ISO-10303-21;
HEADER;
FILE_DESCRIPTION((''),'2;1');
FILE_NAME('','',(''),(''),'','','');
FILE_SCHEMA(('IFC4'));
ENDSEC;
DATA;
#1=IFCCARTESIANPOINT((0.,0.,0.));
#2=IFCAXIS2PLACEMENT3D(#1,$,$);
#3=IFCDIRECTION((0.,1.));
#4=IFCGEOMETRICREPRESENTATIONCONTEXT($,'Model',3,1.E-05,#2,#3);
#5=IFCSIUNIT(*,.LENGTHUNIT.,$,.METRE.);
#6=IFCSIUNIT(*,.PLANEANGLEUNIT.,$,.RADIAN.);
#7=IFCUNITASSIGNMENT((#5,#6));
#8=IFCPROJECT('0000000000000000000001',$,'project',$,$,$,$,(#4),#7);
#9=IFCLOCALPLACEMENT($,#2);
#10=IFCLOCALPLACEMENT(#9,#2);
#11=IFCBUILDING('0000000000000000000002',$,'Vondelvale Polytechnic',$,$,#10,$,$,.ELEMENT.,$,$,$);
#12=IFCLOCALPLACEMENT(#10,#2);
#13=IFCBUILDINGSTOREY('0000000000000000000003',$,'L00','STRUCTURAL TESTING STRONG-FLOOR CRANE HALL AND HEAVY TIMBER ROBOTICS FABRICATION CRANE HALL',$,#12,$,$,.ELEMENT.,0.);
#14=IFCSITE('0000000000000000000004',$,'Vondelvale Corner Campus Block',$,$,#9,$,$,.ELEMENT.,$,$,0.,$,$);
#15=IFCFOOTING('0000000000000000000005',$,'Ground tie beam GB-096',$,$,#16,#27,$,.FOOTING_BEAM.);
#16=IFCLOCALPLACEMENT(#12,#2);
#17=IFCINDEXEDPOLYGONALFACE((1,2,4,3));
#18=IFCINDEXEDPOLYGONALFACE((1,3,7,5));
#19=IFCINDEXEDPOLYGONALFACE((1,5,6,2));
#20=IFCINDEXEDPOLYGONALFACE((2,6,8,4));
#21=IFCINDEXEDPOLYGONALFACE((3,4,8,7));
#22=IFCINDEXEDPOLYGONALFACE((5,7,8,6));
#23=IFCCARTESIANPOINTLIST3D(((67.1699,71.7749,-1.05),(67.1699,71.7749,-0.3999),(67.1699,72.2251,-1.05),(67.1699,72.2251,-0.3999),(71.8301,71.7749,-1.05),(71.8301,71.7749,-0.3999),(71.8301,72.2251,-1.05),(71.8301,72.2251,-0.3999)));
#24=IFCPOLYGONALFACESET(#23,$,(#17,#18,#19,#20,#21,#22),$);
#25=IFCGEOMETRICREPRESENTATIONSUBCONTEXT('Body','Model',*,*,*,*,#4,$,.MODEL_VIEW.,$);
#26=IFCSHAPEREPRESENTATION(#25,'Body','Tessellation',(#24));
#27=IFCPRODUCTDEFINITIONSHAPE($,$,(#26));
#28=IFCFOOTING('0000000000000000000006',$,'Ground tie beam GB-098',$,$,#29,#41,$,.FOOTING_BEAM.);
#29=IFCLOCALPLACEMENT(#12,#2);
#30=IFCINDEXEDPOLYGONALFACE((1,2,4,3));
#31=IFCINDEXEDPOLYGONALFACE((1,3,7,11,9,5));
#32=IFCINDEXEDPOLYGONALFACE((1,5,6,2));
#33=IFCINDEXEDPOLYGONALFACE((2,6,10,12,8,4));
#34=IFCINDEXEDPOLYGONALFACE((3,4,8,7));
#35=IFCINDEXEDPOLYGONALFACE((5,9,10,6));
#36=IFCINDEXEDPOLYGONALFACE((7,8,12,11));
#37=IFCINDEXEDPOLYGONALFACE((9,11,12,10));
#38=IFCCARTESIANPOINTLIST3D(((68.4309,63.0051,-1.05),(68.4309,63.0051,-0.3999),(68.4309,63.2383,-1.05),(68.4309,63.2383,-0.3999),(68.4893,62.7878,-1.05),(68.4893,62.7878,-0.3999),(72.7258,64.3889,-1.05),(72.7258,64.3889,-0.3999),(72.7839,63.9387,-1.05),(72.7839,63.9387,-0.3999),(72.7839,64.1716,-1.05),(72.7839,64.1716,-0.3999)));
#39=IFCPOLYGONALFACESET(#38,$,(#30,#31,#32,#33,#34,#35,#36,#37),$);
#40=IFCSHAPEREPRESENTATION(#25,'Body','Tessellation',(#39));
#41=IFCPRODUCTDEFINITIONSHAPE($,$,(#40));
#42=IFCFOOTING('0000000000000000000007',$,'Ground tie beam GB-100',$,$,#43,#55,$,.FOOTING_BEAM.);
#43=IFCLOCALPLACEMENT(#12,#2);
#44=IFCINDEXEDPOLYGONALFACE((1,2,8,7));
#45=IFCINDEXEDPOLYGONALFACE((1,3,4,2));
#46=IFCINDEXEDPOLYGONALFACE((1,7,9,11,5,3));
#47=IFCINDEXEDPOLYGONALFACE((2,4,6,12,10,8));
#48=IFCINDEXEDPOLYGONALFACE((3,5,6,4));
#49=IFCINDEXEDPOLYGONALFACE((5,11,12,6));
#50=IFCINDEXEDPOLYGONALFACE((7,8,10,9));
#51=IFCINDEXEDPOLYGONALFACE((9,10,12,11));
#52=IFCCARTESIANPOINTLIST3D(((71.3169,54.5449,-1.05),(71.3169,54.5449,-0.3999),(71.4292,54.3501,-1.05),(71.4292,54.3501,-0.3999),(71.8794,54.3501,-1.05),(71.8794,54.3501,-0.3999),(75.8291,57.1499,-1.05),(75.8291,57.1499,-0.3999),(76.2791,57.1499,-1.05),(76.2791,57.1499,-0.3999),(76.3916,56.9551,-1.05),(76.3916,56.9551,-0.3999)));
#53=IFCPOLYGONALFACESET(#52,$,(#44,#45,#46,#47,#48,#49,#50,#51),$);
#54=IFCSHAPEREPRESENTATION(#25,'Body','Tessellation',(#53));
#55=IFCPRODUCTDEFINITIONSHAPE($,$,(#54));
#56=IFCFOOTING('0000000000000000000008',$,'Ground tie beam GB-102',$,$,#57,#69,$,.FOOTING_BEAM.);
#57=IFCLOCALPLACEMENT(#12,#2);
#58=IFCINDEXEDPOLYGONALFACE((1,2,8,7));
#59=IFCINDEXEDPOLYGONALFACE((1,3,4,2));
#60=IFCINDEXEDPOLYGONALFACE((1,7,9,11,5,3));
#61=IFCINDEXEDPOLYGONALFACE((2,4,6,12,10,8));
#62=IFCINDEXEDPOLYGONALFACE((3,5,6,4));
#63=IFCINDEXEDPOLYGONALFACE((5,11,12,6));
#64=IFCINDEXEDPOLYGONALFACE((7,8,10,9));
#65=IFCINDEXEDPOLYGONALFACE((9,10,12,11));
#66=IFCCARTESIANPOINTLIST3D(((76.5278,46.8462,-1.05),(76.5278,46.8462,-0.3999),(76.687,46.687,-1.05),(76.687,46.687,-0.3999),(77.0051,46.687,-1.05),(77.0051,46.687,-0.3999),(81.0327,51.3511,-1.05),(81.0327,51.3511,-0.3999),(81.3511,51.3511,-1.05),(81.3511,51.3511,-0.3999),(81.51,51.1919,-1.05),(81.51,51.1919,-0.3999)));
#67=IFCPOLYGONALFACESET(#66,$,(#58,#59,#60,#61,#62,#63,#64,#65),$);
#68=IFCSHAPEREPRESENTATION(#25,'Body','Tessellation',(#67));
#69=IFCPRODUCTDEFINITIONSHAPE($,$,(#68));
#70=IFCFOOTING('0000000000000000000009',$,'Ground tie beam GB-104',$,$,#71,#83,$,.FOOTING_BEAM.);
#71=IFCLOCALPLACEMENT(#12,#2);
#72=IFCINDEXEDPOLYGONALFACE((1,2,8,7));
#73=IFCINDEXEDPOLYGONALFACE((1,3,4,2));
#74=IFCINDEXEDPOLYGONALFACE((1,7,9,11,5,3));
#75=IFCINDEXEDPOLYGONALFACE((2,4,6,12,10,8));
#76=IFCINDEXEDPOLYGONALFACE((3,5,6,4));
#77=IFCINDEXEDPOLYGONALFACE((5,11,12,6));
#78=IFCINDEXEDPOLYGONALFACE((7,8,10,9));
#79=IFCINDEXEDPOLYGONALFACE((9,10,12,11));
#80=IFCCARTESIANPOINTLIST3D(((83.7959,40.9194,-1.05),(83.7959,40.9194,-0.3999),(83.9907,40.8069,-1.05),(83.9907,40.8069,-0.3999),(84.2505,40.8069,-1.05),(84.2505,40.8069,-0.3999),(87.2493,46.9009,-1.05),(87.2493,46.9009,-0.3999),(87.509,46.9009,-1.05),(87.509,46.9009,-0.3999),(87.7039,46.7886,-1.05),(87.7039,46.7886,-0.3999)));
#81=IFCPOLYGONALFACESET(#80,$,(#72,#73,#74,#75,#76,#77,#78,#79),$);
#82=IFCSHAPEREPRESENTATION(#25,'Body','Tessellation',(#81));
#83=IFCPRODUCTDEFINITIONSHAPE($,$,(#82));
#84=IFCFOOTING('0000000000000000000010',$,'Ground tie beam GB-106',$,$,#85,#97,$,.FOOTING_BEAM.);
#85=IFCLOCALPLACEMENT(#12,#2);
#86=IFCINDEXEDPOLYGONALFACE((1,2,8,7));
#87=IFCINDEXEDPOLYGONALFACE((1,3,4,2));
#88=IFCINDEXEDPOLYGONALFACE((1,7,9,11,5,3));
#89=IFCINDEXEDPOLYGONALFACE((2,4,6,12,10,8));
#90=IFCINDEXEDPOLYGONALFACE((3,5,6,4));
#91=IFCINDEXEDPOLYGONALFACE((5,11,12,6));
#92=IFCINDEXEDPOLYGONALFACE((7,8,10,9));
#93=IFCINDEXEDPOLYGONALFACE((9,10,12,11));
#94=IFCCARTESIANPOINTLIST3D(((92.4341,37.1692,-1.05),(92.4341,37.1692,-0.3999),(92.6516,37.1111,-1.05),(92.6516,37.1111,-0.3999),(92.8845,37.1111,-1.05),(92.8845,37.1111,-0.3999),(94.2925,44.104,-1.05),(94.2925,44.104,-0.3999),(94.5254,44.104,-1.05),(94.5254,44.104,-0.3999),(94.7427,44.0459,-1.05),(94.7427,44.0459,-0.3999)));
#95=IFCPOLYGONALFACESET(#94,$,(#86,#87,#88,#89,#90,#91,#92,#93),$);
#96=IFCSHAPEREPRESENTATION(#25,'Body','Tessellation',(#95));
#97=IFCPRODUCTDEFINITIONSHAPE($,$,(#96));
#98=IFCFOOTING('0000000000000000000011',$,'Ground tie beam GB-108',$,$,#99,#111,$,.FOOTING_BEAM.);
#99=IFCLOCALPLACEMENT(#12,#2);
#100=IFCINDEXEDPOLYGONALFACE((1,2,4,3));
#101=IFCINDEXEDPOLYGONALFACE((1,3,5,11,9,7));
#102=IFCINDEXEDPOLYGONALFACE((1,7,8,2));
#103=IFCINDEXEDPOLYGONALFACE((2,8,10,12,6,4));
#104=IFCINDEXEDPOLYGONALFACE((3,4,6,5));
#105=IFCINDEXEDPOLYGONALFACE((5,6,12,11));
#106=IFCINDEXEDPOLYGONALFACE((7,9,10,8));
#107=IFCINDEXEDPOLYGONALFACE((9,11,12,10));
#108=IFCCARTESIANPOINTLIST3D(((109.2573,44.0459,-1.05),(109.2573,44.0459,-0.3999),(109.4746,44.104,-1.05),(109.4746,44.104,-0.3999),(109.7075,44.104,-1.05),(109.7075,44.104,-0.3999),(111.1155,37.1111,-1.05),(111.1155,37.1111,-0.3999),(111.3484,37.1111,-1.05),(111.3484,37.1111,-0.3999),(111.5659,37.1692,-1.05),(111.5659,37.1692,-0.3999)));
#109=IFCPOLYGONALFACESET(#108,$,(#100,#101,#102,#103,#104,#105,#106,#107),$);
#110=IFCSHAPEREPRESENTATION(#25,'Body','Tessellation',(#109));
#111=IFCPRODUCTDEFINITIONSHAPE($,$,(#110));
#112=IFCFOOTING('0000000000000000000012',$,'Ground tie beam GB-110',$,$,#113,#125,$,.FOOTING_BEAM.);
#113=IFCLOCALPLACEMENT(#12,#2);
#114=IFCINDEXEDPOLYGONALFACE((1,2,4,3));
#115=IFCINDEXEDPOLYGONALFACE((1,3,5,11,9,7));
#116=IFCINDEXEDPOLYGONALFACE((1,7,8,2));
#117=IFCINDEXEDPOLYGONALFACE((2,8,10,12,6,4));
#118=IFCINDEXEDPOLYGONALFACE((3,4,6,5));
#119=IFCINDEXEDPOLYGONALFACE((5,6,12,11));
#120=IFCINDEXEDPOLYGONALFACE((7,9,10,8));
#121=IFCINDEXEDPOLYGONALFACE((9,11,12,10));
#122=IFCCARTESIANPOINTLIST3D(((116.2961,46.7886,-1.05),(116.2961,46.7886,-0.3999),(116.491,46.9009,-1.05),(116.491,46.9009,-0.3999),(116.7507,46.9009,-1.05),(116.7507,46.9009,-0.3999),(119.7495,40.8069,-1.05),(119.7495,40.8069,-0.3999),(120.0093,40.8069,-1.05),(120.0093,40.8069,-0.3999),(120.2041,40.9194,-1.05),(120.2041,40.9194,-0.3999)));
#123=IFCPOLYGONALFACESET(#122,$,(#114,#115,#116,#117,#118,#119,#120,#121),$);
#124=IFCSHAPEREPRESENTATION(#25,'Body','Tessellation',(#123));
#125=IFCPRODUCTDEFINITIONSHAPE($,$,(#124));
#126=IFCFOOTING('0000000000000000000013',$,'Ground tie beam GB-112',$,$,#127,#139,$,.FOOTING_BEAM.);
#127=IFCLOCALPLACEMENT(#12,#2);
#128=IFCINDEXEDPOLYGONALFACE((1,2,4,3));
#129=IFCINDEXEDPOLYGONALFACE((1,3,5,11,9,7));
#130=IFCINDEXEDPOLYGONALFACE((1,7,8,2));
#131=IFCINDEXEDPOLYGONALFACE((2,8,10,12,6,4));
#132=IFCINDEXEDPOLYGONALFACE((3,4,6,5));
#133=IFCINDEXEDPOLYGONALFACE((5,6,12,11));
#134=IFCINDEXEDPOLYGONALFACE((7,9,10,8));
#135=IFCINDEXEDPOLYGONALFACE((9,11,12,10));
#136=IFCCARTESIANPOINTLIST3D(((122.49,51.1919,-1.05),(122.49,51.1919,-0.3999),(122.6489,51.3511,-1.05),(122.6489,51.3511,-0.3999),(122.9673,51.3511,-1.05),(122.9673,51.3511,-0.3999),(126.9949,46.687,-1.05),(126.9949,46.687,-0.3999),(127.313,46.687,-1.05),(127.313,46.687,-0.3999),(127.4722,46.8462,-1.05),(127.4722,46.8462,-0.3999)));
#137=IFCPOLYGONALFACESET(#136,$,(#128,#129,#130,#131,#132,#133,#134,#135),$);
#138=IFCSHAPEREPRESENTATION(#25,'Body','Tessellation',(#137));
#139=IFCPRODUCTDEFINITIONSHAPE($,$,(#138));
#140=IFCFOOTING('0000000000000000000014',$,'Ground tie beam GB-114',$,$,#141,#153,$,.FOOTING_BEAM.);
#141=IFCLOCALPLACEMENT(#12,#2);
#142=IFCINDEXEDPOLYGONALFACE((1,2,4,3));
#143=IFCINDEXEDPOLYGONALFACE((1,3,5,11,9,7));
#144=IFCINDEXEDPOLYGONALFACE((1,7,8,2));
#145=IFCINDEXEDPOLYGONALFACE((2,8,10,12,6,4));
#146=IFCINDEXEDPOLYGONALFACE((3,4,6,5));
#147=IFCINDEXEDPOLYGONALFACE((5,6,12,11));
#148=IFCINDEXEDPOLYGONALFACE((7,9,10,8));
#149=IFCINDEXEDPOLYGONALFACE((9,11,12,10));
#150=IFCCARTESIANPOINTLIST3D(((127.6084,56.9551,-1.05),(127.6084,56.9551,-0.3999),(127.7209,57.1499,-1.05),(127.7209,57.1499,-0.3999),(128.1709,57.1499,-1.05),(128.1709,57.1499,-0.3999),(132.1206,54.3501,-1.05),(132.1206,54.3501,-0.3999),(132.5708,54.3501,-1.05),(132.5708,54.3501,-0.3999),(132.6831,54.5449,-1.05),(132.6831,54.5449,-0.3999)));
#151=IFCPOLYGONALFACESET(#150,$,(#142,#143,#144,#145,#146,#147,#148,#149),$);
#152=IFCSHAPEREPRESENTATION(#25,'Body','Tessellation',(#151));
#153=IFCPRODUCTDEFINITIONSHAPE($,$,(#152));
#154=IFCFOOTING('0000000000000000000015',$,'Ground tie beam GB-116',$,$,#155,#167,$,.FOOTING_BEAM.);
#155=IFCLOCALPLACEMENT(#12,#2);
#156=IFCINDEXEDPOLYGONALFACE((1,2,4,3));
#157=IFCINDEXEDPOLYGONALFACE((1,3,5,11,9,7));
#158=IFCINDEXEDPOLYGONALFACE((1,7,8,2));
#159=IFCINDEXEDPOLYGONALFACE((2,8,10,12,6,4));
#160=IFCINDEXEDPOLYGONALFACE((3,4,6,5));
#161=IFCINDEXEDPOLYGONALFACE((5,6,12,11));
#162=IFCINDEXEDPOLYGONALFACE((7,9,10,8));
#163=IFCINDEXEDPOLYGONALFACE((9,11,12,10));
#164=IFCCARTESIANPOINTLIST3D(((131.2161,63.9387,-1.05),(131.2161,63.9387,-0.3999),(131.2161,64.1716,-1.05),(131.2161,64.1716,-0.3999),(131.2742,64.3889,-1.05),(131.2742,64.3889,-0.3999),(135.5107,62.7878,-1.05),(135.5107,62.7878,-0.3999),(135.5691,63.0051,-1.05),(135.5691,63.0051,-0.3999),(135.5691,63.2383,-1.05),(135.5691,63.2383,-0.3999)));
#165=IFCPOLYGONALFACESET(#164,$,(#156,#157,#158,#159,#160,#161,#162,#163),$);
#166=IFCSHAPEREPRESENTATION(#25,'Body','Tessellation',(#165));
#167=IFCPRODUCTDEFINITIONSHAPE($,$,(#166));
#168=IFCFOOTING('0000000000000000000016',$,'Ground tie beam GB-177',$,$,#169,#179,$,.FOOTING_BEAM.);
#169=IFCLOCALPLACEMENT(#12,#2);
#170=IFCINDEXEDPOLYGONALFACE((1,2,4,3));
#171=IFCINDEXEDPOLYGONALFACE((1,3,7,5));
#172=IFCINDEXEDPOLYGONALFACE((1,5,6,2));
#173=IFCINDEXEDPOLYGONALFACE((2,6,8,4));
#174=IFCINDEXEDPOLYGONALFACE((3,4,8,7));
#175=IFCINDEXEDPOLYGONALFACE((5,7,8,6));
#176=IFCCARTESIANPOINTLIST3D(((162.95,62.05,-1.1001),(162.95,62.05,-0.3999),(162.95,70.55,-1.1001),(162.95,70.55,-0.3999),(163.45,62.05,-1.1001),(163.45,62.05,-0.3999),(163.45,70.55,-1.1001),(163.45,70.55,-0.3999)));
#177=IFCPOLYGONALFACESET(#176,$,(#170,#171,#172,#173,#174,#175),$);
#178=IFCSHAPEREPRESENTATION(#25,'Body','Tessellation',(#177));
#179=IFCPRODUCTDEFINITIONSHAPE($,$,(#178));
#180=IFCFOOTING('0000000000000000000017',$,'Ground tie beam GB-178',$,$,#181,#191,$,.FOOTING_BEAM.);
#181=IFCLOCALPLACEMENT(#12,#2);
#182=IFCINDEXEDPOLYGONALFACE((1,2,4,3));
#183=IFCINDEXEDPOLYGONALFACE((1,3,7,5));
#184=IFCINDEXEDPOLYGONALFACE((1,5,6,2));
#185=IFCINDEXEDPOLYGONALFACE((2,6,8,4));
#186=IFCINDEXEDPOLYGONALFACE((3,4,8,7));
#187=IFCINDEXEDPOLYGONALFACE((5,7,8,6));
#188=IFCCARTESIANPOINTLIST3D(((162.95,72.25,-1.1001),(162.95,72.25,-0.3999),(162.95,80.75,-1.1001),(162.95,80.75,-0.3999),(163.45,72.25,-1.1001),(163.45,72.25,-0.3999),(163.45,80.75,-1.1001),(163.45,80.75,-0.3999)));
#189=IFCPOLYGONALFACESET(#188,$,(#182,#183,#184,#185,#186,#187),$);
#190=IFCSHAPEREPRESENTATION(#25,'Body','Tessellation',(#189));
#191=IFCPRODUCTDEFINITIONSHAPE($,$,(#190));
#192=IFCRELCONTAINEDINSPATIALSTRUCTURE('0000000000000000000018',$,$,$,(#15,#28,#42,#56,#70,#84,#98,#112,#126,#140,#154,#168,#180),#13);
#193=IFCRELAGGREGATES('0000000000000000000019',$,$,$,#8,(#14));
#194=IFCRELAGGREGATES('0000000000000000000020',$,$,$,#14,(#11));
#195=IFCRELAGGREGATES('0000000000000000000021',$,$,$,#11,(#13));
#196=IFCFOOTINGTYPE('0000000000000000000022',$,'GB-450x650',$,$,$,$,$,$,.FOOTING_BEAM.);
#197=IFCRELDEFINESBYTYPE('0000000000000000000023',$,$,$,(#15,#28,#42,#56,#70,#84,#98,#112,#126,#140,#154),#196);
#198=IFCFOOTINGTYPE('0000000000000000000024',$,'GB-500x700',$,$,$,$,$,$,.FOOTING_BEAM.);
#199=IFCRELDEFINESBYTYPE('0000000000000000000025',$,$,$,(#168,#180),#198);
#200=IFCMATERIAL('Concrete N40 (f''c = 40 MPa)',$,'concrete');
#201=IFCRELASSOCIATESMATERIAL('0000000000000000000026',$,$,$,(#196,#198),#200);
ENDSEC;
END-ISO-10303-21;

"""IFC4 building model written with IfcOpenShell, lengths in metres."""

from ifc_helpers import new_model, si_unit, direction, frame, origin, place, context, subcontext, project, spatial, polyline, outline, extrude, material, type_object, element, save


model = new_model("IFC4")

# Units and contexts
model_context = context("Model", 3, precision=1e-05, world=origin(), true_north=direction((0.0, 1.0)))
body_context = subcontext(model_context, "Body", "Model", "MODEL_VIEW")
ifc_project = project(units=[si_unit("LENGTHUNIT", "METRE"), si_unit("PLANEANGLEUNIT", "RADIAN")], contexts=[model_context])

# Site, building, storey
site_placement = place(None, origin())
site = spatial("IfcSite", under=ifc_project, at=site_placement, Name="Vondelvale Corner Campus Block", CompositionType="ELEMENT", RefElevation=0.0)
building_placement = place(site_placement, origin())
building = spatial("IfcBuilding", under=site, at=building_placement, Name="Vondelvale Polytechnic", CompositionType="ELEMENT")
storey_placement = place(building_placement, origin())
storey = spatial("IfcBuildingStorey", under=building, at=storey_placement, Name="L00", Description="STRUCTURAL TESTING STRONG-FLOOR CRANE HALL AND HEAVY TIMBER ROBOTICS FABRICATION CRANE HALL", CompositionType="ELEMENT", Elevation=0.0)

# Footings
ifc_material = material(Name="Concrete N40 (f'c = 40 MPa)", Category="concrete")
footing_type_1 = type_object("IfcFootingType", Name="GB-450x650", PredefinedType="FOOTING_BEAM", material=ifc_material)
footing_1_placement = place(storey_placement, frame((0.0, 0.0, -1.05)))
element("IfcFooting", 1, at=footing_1_placement, inside=storey, type_object=footing_type_1, Name="Ground tie beam GB-096", PredefinedType="FOOTING_BEAM", context=body_context, shape_type="SweptSolid", body=[
    extrude(outline(polyline([(71.8301, 72.2251), (71.8301, 71.7749), (67.1699, 71.7749), (67.1699, 72.2251), (71.8301, 72.2251)])), origin(), (0.0, 0.0, 1.0), 0.6501),
])
footing_2_placement = place(storey_placement, frame((0.0, 0.0, -1.05)))
element("IfcFooting", 2, at=footing_2_placement, inside=storey, type_object=footing_type_1, Name="Ground tie beam GB-098", PredefinedType="FOOTING_BEAM", context=body_context, shape_type="SweptSolid", body=[
    extrude(outline(polyline([(72.7258, 64.3889), (72.7839, 64.1716), (72.7839, 63.9387), (68.4893, 62.7878), (68.4309, 63.0051), (68.4309, 63.2383), (72.7258, 64.3889)])), origin(), (0.0, 0.0, 1.0), 0.6501),
])
footing_3_placement = place(storey_placement, frame((0.0, 0.0, -1.05)))
element("IfcFooting", 3, at=footing_3_placement, inside=storey, type_object=footing_type_1, Name="Ground tie beam GB-100", PredefinedType="FOOTING_BEAM", context=body_context, shape_type="SweptSolid", body=[
    extrude(outline(polyline([(71.3169, 54.5449), (75.8291, 57.1499), (76.2791, 57.1499), (76.3916, 56.9551), (71.8794, 54.3501), (71.4292, 54.3501), (71.3169, 54.5449)])), origin(), (0.0, 0.0, 1.0), 0.6501),
])
footing_4_placement = place(storey_placement, frame((0.0, 0.0, -1.05)))
element("IfcFooting", 4, at=footing_4_placement, inside=storey, type_object=footing_type_1, Name="Ground tie beam GB-102", PredefinedType="FOOTING_BEAM", context=body_context, shape_type="SweptSolid", body=[
    extrude(outline(polyline([(76.5278, 46.8462), (81.0327, 51.3511), (81.3511, 51.3511), (81.51, 51.1919), (77.0051, 46.687), (76.687, 46.687), (76.5278, 46.8462)])), origin(), (0.0, 0.0, 1.0), 0.6501),
])
footing_5_placement = place(storey_placement, frame((0.0, 0.0, -1.05)))
element("IfcFooting", 5, at=footing_5_placement, inside=storey, type_object=footing_type_1, Name="Ground tie beam GB-104", PredefinedType="FOOTING_BEAM", context=body_context, shape_type="SweptSolid", body=[
    extrude(outline(polyline([(83.7959, 40.9194), (87.2493, 46.9009), (87.509, 46.9009), (87.7039, 46.7886), (84.2505, 40.8069), (83.9907, 40.8069), (83.7959, 40.9194)])), origin(), (0.0, 0.0, 1.0), 0.6501),
])
footing_6_placement = place(storey_placement, frame((0.0, 0.0, -1.05)))
element("IfcFooting", 6, at=footing_6_placement, inside=storey, type_object=footing_type_1, Name="Ground tie beam GB-106", PredefinedType="FOOTING_BEAM", context=body_context, shape_type="SweptSolid", body=[
    extrude(outline(polyline([(92.4341, 37.1692), (94.2925, 44.104), (94.5254, 44.104), (94.7427, 44.0459), (92.8845, 37.1111), (92.6516, 37.1111), (92.4341, 37.1692)])), origin(), (0.0, 0.0, 1.0), 0.6501),
])
footing_7_placement = place(storey_placement, frame((0.0, 0.0, -1.05)))
element("IfcFooting", 7, at=footing_7_placement, inside=storey, type_object=footing_type_1, Name="Ground tie beam GB-108", PredefinedType="FOOTING_BEAM", context=body_context, shape_type="SweptSolid", body=[
    extrude(outline(polyline([(109.2573, 44.0459), (109.4746, 44.104), (109.7075, 44.104), (111.5659, 37.1692), (111.3484, 37.1111), (111.1155, 37.1111), (109.2573, 44.0459)])), origin(), (0.0, 0.0, 1.0), 0.6501),
])
footing_8_placement = place(storey_placement, frame((0.0, 0.0, -1.05)))
element("IfcFooting", 8, at=footing_8_placement, inside=storey, type_object=footing_type_1, Name="Ground tie beam GB-110", PredefinedType="FOOTING_BEAM", context=body_context, shape_type="SweptSolid", body=[
    extrude(outline(polyline([(116.2961, 46.7886), (116.491, 46.9009), (116.7507, 46.9009), (120.2041, 40.9194), (120.0093, 40.8069), (119.7495, 40.8069), (116.2961, 46.7886)])), origin(), (0.0, 0.0, 1.0), 0.6501),
])
footing_9_placement = place(storey_placement, frame((0.0, 0.0, -1.05)))
element("IfcFooting", 9, at=footing_9_placement, inside=storey, type_object=footing_type_1, Name="Ground tie beam GB-112", PredefinedType="FOOTING_BEAM", context=body_context, shape_type="SweptSolid", body=[
    extrude(outline(polyline([(122.49, 51.1919), (122.6489, 51.3511), (122.9673, 51.3511), (127.4722, 46.8462), (127.313, 46.687), (126.9949, 46.687), (122.49, 51.1919)])), origin(), (0.0, 0.0, 1.0), 0.6501),
])
footing_10_placement = place(storey_placement, frame((0.0, 0.0, -1.05)))
element("IfcFooting", 10, at=footing_10_placement, inside=storey, type_object=footing_type_1, Name="Ground tie beam GB-114", PredefinedType="FOOTING_BEAM", context=body_context, shape_type="SweptSolid", body=[
    extrude(outline(polyline([(127.6084, 56.9551), (127.7209, 57.1499), (128.1709, 57.1499), (132.6831, 54.5449), (132.5708, 54.3501), (132.1206, 54.3501), (127.6084, 56.9551)])), origin(), (0.0, 0.0, 1.0), 0.6501),
])
footing_11_placement = place(storey_placement, frame((0.0, 0.0, -1.05)))
element("IfcFooting", 11, at=footing_11_placement, inside=storey, type_object=footing_type_1, Name="Ground tie beam GB-116", PredefinedType="FOOTING_BEAM", context=body_context, shape_type="SweptSolid", body=[
    extrude(outline(polyline([(135.5107, 62.7878), (131.2161, 63.9387), (131.2161, 64.1716), (131.2742, 64.3889), (135.5691, 63.2383), (135.5691, 63.0051), (135.5107, 62.7878)])), origin(), (0.0, 0.0, 1.0), 0.6501),
])
footing_type_2 = type_object("IfcFootingType", Name="GB-500x700", PredefinedType="FOOTING_BEAM", material=ifc_material)
footing_12_placement = place(storey_placement, frame((0.0, 0.0, -1.1001)))
element("IfcFooting", 12, at=footing_12_placement, inside=storey, type_object=footing_type_2, Name="Ground tie beam GB-177", PredefinedType="FOOTING_BEAM", context=body_context, shape_type="SweptSolid", body=[
    extrude(outline(polyline([(163.45, 62.05), (162.95, 62.05), (162.95, 70.55), (163.45, 70.55), (163.45, 62.05)])), origin(), (0.0, 0.0, 1.0), 0.7002),
])
footing_13_placement = place(storey_placement, frame((0.0, 0.0, -1.1001)))
element("IfcFooting", 13, at=footing_13_placement, inside=storey, type_object=footing_type_2, Name="Ground tie beam GB-178", PredefinedType="FOOTING_BEAM", context=body_context, shape_type="SweptSolid", body=[
    extrude(outline(polyline([(163.45, 72.25), (162.95, 72.25), (162.95, 80.75), (163.45, 80.75), (163.45, 72.25)])), origin(), (0.0, 0.0, 1.0), 0.7002),
])

save(model, "model.ifc")
